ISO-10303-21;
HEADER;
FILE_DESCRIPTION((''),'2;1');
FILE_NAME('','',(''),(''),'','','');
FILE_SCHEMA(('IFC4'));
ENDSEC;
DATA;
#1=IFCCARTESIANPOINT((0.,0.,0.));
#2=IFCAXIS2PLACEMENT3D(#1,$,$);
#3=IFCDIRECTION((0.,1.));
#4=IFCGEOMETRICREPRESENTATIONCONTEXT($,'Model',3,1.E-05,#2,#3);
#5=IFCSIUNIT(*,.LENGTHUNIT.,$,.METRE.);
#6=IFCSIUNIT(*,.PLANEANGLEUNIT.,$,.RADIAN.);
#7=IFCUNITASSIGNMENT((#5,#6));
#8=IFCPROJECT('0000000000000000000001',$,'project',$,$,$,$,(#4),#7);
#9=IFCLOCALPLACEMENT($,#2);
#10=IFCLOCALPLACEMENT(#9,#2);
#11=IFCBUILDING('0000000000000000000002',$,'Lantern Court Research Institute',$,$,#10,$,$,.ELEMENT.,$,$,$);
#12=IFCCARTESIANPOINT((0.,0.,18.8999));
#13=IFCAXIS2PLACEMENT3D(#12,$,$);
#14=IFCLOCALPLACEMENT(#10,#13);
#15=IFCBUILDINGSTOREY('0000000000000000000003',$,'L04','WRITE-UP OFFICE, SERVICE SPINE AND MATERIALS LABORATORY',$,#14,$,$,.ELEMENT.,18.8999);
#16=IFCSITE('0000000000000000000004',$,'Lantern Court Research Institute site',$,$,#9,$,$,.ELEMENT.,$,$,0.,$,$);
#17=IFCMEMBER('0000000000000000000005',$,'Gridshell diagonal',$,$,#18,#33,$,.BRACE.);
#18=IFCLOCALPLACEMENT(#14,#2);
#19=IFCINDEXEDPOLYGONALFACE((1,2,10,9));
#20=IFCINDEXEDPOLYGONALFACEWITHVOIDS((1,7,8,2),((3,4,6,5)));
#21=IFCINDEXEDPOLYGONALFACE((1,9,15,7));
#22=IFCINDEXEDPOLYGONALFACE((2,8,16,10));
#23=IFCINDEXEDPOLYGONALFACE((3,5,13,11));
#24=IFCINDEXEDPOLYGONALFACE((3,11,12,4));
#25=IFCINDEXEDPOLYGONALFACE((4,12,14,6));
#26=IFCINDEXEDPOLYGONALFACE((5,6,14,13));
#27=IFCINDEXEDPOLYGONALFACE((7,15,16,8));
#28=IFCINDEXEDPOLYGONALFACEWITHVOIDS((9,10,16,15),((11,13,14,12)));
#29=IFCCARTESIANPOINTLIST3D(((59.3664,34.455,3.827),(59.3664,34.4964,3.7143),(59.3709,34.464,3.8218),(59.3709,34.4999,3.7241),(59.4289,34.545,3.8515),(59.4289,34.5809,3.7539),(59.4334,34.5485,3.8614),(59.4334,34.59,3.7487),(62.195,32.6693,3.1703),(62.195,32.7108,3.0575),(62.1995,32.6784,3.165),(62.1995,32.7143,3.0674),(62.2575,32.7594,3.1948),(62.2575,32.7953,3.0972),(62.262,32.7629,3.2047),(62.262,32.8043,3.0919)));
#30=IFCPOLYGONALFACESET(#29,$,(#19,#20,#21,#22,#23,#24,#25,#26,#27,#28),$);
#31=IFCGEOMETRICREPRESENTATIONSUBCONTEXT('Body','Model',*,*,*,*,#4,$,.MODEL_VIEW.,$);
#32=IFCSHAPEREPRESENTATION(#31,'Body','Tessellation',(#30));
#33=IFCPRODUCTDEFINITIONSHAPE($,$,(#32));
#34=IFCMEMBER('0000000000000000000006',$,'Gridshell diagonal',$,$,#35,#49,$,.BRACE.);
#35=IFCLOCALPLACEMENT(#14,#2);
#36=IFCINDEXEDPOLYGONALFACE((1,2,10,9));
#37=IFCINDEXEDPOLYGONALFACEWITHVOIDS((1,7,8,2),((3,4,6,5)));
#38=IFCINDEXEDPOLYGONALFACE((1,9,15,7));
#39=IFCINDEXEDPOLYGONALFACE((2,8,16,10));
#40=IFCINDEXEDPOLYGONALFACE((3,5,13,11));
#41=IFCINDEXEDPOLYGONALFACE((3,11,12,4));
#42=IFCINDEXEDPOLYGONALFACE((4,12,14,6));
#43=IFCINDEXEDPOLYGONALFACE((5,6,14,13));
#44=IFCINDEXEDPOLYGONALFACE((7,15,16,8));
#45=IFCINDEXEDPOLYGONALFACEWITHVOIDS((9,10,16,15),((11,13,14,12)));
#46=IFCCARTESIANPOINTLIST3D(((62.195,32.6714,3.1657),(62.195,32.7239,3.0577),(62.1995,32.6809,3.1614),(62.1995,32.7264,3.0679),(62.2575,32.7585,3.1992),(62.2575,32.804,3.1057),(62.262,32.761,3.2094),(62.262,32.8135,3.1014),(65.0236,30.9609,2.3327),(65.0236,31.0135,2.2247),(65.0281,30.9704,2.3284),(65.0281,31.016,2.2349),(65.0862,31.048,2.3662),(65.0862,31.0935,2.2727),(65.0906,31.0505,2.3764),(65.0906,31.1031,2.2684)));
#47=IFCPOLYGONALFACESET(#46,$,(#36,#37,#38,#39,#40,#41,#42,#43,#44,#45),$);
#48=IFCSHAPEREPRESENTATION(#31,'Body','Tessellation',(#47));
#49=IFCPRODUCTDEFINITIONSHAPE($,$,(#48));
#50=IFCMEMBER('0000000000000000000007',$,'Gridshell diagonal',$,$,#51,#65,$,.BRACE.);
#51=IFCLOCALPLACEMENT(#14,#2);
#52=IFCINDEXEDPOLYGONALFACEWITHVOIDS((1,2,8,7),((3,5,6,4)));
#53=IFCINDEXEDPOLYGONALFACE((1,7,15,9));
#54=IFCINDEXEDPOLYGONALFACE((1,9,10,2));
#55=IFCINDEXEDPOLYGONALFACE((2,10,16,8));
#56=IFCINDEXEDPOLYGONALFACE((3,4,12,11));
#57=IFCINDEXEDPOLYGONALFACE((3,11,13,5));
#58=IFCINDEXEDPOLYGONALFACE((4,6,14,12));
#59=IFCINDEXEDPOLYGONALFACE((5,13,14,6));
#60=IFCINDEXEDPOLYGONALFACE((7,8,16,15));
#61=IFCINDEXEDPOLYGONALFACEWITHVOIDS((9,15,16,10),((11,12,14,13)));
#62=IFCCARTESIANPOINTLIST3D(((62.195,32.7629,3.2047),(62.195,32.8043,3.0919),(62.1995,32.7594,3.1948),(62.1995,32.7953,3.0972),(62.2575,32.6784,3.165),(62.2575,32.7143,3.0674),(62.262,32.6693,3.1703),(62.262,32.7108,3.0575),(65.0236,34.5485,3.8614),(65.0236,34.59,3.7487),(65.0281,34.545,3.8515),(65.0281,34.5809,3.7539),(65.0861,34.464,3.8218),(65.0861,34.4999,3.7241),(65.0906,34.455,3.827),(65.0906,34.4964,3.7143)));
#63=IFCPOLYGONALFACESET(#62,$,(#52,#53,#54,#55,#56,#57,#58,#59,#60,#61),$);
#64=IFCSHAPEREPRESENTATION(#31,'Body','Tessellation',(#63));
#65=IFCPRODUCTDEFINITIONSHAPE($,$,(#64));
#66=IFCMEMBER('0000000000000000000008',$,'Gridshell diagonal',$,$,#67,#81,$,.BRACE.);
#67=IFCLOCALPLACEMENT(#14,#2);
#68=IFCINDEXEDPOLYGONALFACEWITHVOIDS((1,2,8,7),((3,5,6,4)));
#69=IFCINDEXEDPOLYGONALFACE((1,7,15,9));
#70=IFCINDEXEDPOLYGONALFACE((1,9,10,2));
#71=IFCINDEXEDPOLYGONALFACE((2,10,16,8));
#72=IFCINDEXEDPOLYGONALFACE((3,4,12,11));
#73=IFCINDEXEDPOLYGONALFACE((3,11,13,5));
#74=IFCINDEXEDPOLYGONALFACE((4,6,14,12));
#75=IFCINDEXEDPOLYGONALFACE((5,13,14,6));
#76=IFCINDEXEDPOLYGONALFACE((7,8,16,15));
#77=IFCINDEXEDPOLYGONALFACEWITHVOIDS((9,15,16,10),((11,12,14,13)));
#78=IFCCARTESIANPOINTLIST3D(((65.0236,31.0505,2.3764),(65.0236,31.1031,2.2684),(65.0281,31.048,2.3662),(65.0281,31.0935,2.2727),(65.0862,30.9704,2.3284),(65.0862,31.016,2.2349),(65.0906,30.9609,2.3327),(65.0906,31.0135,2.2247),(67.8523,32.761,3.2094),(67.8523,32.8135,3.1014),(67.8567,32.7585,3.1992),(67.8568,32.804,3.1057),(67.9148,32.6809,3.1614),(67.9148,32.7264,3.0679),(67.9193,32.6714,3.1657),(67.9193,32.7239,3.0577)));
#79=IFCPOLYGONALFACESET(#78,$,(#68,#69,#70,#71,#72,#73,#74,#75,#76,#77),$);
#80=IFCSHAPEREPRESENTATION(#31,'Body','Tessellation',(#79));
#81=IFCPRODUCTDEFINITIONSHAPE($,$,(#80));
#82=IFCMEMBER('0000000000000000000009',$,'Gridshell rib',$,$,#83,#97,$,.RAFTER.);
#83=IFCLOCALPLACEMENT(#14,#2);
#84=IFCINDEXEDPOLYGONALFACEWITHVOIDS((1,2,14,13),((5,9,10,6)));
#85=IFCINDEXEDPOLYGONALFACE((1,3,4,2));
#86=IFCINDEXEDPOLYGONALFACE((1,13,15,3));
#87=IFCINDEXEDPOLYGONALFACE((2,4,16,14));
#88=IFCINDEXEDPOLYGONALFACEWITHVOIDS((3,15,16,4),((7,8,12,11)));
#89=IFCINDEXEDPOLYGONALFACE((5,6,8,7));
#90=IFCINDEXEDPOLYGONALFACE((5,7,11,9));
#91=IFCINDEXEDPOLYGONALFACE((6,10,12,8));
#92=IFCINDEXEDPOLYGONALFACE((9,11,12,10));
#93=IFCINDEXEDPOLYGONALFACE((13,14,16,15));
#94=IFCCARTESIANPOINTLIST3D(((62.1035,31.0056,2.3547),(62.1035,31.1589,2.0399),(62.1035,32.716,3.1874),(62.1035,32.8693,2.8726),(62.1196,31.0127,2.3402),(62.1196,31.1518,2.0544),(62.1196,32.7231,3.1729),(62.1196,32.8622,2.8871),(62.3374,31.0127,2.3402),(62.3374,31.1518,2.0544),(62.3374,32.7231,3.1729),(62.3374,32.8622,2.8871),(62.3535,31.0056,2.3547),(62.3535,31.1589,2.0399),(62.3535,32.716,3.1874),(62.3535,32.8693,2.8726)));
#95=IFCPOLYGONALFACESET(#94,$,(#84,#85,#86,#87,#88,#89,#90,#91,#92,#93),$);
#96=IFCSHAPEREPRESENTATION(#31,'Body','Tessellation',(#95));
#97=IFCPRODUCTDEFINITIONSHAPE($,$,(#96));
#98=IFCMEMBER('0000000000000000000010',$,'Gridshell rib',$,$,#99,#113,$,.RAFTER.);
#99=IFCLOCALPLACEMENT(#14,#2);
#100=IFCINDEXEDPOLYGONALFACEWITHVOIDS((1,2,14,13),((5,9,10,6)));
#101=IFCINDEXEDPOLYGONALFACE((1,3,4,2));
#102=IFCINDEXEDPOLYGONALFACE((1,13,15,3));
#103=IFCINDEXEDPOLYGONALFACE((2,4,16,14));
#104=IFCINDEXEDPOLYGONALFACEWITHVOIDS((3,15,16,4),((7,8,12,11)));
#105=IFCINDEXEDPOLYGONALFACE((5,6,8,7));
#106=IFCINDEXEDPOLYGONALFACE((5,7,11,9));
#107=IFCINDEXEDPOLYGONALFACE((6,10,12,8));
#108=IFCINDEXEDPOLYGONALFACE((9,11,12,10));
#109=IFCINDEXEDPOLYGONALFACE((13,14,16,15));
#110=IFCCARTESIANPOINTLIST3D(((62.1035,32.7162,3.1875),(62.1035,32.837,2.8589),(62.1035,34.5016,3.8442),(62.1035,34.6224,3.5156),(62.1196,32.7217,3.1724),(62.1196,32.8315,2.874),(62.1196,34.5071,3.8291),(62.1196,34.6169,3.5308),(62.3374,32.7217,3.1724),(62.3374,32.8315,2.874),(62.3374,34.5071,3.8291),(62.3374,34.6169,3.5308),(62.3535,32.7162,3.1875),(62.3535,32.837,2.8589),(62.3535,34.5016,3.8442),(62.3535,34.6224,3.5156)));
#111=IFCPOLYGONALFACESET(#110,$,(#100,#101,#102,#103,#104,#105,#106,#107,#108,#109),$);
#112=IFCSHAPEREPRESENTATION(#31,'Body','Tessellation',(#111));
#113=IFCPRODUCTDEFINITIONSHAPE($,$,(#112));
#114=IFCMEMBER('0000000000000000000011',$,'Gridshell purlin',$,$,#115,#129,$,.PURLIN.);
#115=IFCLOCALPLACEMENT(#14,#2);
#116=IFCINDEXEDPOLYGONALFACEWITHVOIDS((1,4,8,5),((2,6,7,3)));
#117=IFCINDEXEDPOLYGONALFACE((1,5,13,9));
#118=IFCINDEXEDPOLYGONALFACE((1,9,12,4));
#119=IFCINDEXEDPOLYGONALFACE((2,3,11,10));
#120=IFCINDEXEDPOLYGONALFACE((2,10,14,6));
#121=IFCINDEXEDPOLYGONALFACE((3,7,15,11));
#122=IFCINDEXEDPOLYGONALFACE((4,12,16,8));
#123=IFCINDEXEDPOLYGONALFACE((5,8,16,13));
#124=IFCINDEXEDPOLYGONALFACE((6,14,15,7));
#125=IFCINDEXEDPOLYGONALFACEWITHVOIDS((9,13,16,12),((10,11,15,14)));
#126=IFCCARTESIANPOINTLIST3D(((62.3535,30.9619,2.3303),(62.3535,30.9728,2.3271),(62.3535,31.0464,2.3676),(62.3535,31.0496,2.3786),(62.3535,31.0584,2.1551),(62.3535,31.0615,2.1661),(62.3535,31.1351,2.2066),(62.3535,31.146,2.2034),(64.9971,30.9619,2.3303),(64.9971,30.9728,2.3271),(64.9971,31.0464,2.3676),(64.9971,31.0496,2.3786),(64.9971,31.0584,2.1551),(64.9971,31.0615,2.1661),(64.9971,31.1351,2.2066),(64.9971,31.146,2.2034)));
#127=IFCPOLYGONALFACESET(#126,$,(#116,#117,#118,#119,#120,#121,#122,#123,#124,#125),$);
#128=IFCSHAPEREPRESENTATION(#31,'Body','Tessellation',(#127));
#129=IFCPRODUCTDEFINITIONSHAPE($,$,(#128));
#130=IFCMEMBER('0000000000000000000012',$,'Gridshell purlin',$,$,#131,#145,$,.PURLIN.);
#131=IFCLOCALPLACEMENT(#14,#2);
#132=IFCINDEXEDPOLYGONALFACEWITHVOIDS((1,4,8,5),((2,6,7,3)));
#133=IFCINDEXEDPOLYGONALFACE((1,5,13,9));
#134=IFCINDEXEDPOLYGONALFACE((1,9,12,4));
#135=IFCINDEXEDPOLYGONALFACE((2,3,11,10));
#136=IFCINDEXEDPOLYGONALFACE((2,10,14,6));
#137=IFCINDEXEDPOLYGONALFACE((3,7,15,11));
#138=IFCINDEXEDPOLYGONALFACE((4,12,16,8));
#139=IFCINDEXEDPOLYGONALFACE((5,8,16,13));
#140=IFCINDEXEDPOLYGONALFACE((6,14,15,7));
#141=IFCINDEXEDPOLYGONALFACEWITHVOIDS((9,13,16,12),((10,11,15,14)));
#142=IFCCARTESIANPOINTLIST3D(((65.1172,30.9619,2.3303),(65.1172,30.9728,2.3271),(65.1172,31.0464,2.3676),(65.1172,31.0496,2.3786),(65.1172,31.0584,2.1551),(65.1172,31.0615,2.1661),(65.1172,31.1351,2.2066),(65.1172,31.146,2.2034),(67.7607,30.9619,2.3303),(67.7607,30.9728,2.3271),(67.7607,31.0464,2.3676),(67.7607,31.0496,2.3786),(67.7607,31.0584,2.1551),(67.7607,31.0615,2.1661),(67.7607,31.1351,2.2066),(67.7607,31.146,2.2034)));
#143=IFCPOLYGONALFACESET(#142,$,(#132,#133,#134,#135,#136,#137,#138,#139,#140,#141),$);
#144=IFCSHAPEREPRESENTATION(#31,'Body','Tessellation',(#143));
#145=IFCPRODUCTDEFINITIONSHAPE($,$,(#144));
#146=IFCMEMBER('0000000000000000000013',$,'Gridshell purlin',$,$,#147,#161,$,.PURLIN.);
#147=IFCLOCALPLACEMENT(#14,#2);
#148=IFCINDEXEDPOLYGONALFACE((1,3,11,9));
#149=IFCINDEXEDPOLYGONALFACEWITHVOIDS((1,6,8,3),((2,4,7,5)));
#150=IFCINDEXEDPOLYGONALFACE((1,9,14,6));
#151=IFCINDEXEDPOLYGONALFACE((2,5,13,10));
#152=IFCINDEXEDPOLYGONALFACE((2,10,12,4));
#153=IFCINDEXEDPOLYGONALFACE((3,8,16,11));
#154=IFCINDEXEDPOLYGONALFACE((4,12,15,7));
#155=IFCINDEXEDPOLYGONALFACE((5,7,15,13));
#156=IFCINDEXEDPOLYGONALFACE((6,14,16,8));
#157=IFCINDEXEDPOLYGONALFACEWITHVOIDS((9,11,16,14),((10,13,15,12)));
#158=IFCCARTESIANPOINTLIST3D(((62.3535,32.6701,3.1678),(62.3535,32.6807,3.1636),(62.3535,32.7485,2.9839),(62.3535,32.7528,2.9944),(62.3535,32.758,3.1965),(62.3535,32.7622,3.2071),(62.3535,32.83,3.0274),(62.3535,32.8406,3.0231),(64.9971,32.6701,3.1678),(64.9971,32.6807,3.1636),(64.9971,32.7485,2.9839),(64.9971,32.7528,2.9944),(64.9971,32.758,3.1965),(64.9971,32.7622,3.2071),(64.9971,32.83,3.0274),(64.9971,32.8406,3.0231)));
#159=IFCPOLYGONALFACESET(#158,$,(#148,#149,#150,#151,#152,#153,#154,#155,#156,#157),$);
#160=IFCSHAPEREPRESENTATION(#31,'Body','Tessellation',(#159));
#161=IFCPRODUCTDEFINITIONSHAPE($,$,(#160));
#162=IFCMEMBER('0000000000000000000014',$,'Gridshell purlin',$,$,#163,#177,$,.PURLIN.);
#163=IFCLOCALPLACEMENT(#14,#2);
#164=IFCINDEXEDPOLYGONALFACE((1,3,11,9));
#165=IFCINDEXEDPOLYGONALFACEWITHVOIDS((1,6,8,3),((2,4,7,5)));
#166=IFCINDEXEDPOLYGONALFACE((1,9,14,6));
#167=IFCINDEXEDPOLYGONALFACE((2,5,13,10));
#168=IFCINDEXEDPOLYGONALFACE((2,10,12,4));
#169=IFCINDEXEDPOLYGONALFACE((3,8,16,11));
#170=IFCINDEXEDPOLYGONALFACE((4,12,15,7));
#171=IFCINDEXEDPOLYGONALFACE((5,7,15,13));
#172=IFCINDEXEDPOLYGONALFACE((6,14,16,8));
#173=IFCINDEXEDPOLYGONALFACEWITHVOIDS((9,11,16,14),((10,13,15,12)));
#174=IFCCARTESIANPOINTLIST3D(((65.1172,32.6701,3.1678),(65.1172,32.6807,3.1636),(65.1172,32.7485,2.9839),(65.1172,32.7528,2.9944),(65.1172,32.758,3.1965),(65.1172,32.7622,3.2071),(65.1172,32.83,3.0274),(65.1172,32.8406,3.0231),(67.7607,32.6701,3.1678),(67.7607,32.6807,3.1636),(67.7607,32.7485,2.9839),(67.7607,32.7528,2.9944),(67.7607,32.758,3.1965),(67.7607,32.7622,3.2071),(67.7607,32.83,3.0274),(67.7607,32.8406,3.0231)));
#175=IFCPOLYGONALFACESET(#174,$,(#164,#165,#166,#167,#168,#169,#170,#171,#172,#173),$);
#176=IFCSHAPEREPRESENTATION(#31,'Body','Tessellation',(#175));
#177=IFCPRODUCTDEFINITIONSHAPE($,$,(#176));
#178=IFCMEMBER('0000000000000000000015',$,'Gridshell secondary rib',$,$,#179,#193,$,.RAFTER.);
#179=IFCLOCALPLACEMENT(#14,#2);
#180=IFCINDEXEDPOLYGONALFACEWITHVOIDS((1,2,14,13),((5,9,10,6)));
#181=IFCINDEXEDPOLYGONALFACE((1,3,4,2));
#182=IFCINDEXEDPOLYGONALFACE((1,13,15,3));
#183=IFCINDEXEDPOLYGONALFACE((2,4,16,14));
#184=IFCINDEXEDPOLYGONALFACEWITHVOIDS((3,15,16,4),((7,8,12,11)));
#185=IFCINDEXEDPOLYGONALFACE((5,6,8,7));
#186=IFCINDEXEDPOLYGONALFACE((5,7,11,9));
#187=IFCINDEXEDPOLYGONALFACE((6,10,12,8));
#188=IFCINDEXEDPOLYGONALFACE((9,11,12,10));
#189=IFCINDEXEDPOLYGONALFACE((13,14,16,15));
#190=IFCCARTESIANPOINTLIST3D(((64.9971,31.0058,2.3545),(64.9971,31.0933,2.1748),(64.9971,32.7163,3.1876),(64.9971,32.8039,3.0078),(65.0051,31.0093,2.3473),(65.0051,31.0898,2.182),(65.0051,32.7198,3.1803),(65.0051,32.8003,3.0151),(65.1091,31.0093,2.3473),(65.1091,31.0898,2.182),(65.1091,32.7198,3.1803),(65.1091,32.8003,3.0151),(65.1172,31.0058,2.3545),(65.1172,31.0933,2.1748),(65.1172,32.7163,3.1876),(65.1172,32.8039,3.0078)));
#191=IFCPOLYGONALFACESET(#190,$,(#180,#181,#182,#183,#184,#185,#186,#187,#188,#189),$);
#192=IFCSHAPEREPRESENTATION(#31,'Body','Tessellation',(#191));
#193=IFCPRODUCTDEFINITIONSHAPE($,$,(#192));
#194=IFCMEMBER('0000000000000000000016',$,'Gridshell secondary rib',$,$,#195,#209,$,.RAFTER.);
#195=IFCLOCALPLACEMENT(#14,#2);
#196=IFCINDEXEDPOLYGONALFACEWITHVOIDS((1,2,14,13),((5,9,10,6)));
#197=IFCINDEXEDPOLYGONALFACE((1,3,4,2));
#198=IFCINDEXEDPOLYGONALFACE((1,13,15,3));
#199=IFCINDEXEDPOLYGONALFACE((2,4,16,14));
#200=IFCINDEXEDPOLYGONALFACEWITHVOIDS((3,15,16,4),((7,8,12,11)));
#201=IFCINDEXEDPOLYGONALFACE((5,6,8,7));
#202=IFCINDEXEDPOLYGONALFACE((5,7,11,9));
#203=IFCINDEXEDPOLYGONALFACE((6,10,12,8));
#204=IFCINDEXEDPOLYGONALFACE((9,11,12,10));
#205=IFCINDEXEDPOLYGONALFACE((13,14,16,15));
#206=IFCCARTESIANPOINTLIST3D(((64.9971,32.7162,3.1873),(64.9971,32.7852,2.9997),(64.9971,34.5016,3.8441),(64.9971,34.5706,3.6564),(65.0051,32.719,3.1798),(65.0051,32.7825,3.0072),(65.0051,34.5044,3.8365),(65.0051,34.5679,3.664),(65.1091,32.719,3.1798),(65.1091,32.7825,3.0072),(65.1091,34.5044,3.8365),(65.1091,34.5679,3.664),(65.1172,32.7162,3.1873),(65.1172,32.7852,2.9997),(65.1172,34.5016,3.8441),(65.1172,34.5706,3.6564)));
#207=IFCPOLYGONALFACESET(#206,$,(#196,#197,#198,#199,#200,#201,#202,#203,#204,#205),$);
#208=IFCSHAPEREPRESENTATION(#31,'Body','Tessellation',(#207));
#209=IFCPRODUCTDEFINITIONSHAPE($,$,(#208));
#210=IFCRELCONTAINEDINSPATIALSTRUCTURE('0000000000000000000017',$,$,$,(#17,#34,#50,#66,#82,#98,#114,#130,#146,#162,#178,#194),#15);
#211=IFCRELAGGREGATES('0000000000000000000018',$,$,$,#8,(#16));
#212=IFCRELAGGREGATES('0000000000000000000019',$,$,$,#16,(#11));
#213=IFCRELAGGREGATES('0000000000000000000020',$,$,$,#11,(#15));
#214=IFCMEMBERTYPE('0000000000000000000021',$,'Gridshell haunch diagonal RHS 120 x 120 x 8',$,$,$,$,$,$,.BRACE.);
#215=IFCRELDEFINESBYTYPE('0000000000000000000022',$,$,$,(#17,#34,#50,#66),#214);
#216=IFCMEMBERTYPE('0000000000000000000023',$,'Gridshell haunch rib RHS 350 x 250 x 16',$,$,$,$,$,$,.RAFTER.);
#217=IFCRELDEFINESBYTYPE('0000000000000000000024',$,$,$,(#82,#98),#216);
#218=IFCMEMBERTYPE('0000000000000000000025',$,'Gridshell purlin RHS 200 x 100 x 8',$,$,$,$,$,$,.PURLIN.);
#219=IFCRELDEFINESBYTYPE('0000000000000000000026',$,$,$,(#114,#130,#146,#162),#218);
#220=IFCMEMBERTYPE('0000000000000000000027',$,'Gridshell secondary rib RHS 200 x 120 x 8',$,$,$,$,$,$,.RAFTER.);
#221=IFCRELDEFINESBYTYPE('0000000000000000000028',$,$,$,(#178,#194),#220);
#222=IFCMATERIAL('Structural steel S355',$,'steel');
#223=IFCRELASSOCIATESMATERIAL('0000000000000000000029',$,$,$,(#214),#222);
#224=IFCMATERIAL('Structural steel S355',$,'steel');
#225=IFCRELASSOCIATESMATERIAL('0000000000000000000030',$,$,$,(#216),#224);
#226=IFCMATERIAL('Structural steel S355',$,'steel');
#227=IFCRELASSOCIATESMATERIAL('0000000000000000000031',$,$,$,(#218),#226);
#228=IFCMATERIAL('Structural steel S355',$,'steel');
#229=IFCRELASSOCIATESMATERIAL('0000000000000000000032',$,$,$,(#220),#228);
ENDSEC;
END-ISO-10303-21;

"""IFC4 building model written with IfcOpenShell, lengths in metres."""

from ifc_helpers import new_model, si_unit, direction, frame, origin, origin_2d, place, context, subcontext, project, spatial, hollow_rectangle, extrude, material, material_profile, profile_set, type_object, element, save


model = new_model("IFC4")

# Units and contexts
model_context = context("Model", 3, precision=1e-05, world=origin(), true_north=direction((0.0, 1.0)))
body_context = subcontext(model_context, "Body", "Model", "MODEL_VIEW")
ifc_project = project(units=[si_unit("LENGTHUNIT", "METRE"), si_unit("PLANEANGLEUNIT", "RADIAN")], contexts=[model_context])

# Site, building, storey
site_placement = place(None, origin())
site = spatial("IfcSite", under=ifc_project, at=site_placement, Name="Lantern Court Research Institute site", CompositionType="ELEMENT", RefElevation=0.0)
building_placement = place(site_placement, origin())
building = spatial("IfcBuilding", under=site, at=building_placement, Name="Lantern Court Research Institute", CompositionType="ELEMENT")
storey_placement = place(building_placement, frame((0.0, 0.0, 18.8999)))
storey = spatial("IfcBuildingStorey", under=building, at=storey_placement, Name="L04", Description="WRITE-UP OFFICE, SERVICE SPINE AND MATERIALS LABORATORY", CompositionType="ELEMENT", Elevation=18.8999)

# Members
ifc_material_1 = material(Name="Structural steel S355", Category="steel")
ifc_material_profile_1 = material_profile(ifc_material_1, hollow_rectangle(XDim=0.1201, YDim=0.1201, WallThickness=0.0081, at=origin_2d()), Name="Gridshell haunch diagonal RHS 120 x 120 x 8")
ifc_profile_set_1 = profile_set([ifc_material_profile_1], Name="Structural steel S355")
member_type_1 = type_object("IfcMemberType", Name="Gridshell haunch diagonal RHS 120 x 120 x 8", PredefinedType="BRACE", material=ifc_profile_set_1)
for number, where, z_axis, x_axis, name in (
    (1, (62.2285, 32.7368, 3.1311), (-0.829763, 0.523812, 0.192652), (-0.558116, -0.778754, -0.28644), "Gridshell diagonal"),
    (2, (65.0571, 31.032, 2.3005), (-0.829773, 0.50176, 0.244363), (-0.558101, -0.746025, -0.363277), "Gridshell diagonal"),
    (3, (62.2285, 32.7368, 3.1311), (0.829763, 0.523812, 0.192652), (-0.558116, 0.778754, 0.28644), "Gridshell diagonal"),
    (4, (65.0571, 31.032, 2.3005), (0.829773, 0.50176, 0.244363), (-0.558101, 0.746025, 0.363277), "Gridshell diagonal"),
):
    element("IfcMember", number, at=place(storey_placement, frame(where, z_axis=z_axis, x_axis=x_axis)), inside=storey, type_object=member_type_1, Name=name, PredefinedType="BRACE", context=body_context, shape_type="SweptSolid", body=[
        extrude(hollow_rectangle(XDim=0.1201, YDim=0.1201, WallThickness=0.0081, at=origin_2d()), origin(), (0.0, 0.0, 1.0), 3.4089),
    ])
ifc_material_2 = material(Name="Structural steel S355", Category="steel")
ifc_material_profile_2 = material_profile(ifc_material_2, hollow_rectangle(XDim=0.25, YDim=0.3501, WallThickness=0.0161, at=origin_2d()), Name="Gridshell haunch rib RHS 350 x 250 x 16")
ifc_profile_set_2 = profile_set([ifc_material_profile_2], Name="Structural steel S355")
member_type_2 = type_object("IfcMemberType", Name="Gridshell haunch rib RHS 350 x 250 x 16", PredefinedType="RAFTER", material=ifc_profile_set_2)
for number, where, z_axis, x_axis, name in (
    (5, (62.2285, 31.0823, 2.1973), (0.0, 0.8991, 0.437743), (-1.0, 0.0, 0.0), "Gridshell rib"),
    (6, (62.2285, 32.7766, 3.0232), (0.0, 0.93852, 0.345224), (-1.0, 0.0, 0.0), "Gridshell rib"),
):
    element("IfcMember", number, at=place(storey_placement, frame(where, z_axis=z_axis, x_axis=x_axis)), inside=storey, type_object=member_type_2, Name=name, PredefinedType="RAFTER", context=body_context, shape_type="SweptSolid", body=[
        extrude(hollow_rectangle(XDim=0.25, YDim=0.3501, WallThickness=0.0161, at=origin_2d()), origin(), (0.0, 0.0, 1.0), 1.9023),
    ])
ifc_material_3 = material(Name="Structural steel S355", Category="steel")
ifc_material_profile_3 = material_profile(ifc_material_3, hollow_rectangle(XDim=0.1001, YDim=0.2, WallThickness=0.0081, at=origin_2d()), Name="Gridshell purlin RHS 200 x 100 x 8")
ifc_profile_set_3 = profile_set([ifc_material_profile_3], Name="Structural steel S355")
member_type_3 = type_object("IfcMemberType", Name="Gridshell purlin RHS 200 x 100 x 8", PredefinedType="PURLIN", material=ifc_profile_set_3)
for number, where, z_axis, x_axis, name in (
    (7, (62.3535, 31.054, 2.2668), (1.0, 0.0, 0.0), (0.0, 0.875897, 0.482497), "Gridshell purlin"),
    (8, (65.1172, 31.054, 2.2668), (1.0, 0.0, 0.0), (0.0, 0.875897, 0.482497), "Gridshell purlin"),
    (9, (62.3535, 32.7554, 3.0955), (1.0, 0.0, 0.0), (0.0, 0.919966, 0.391999), "Gridshell purlin"),
    (10, (65.1172, 32.7554, 3.0955), (1.0, 0.0, 0.0), (0.0, 0.919966, 0.391999), "Gridshell purlin"),
):
    element("IfcMember", number, at=place(storey_placement, frame(where, z_axis=z_axis, x_axis=x_axis)), inside=storey, type_object=member_type_3, Name=name, PredefinedType="PURLIN", context=body_context, shape_type="SweptSolid", body=[
        extrude(hollow_rectangle(XDim=0.1001, YDim=0.2, WallThickness=0.0081, at=origin_2d()), origin(), (0.0, 0.0, 1.0), 2.6436),
    ])
ifc_material_4 = material(Name="Structural steel S355", Category="steel")
ifc_material_profile_4 = material_profile(ifc_material_4, hollow_rectangle(XDim=0.1201, YDim=0.2, WallThickness=0.0081, at=origin_2d()), Name="Gridshell secondary rib RHS 200 x 120 x 8")
ifc_profile_set_4 = profile_set([ifc_material_profile_4], Name="Structural steel S355")
member_type_4 = type_object("IfcMemberType", Name="Gridshell secondary rib RHS 200 x 120 x 8", PredefinedType="RAFTER", material=ifc_profile_set_4)
member_1_placement = place(storey_placement, frame((65.0571, 31.0496, 2.2646), z_axis=(0.0, 0.899049, 0.437847), x_axis=(-1.0, 0.0, 0.0)))
element("IfcMember", 11, at=member_1_placement, inside=storey, type_object=member_type_4, Name="Gridshell secondary rib", PredefinedType="RAFTER", context=body_context, shape_type="SweptSolid", body=[
    extrude(hollow_rectangle(XDim=0.1201, YDim=0.2, WallThickness=0.0081, at=origin_2d()), origin(), (0.0, 0.0, 1.0), 1.9026),
])
member_2_placement = place(storey_placement, frame((65.0571, 32.7507, 3.0935), z_axis=(0.0, 0.93852, 0.345224), x_axis=(-1.0, 0.0, 0.0)))
element("IfcMember", 12, at=member_2_placement, inside=storey, type_object=member_type_4, Name="Gridshell secondary rib", PredefinedType="RAFTER", context=body_context, shape_type="SweptSolid", body=[
    extrude(hollow_rectangle(XDim=0.1201, YDim=0.2, WallThickness=0.0081, at=origin_2d()), origin(), (0.0, 0.0, 1.0), 1.9023),
])

save(model, "model.ifc")
